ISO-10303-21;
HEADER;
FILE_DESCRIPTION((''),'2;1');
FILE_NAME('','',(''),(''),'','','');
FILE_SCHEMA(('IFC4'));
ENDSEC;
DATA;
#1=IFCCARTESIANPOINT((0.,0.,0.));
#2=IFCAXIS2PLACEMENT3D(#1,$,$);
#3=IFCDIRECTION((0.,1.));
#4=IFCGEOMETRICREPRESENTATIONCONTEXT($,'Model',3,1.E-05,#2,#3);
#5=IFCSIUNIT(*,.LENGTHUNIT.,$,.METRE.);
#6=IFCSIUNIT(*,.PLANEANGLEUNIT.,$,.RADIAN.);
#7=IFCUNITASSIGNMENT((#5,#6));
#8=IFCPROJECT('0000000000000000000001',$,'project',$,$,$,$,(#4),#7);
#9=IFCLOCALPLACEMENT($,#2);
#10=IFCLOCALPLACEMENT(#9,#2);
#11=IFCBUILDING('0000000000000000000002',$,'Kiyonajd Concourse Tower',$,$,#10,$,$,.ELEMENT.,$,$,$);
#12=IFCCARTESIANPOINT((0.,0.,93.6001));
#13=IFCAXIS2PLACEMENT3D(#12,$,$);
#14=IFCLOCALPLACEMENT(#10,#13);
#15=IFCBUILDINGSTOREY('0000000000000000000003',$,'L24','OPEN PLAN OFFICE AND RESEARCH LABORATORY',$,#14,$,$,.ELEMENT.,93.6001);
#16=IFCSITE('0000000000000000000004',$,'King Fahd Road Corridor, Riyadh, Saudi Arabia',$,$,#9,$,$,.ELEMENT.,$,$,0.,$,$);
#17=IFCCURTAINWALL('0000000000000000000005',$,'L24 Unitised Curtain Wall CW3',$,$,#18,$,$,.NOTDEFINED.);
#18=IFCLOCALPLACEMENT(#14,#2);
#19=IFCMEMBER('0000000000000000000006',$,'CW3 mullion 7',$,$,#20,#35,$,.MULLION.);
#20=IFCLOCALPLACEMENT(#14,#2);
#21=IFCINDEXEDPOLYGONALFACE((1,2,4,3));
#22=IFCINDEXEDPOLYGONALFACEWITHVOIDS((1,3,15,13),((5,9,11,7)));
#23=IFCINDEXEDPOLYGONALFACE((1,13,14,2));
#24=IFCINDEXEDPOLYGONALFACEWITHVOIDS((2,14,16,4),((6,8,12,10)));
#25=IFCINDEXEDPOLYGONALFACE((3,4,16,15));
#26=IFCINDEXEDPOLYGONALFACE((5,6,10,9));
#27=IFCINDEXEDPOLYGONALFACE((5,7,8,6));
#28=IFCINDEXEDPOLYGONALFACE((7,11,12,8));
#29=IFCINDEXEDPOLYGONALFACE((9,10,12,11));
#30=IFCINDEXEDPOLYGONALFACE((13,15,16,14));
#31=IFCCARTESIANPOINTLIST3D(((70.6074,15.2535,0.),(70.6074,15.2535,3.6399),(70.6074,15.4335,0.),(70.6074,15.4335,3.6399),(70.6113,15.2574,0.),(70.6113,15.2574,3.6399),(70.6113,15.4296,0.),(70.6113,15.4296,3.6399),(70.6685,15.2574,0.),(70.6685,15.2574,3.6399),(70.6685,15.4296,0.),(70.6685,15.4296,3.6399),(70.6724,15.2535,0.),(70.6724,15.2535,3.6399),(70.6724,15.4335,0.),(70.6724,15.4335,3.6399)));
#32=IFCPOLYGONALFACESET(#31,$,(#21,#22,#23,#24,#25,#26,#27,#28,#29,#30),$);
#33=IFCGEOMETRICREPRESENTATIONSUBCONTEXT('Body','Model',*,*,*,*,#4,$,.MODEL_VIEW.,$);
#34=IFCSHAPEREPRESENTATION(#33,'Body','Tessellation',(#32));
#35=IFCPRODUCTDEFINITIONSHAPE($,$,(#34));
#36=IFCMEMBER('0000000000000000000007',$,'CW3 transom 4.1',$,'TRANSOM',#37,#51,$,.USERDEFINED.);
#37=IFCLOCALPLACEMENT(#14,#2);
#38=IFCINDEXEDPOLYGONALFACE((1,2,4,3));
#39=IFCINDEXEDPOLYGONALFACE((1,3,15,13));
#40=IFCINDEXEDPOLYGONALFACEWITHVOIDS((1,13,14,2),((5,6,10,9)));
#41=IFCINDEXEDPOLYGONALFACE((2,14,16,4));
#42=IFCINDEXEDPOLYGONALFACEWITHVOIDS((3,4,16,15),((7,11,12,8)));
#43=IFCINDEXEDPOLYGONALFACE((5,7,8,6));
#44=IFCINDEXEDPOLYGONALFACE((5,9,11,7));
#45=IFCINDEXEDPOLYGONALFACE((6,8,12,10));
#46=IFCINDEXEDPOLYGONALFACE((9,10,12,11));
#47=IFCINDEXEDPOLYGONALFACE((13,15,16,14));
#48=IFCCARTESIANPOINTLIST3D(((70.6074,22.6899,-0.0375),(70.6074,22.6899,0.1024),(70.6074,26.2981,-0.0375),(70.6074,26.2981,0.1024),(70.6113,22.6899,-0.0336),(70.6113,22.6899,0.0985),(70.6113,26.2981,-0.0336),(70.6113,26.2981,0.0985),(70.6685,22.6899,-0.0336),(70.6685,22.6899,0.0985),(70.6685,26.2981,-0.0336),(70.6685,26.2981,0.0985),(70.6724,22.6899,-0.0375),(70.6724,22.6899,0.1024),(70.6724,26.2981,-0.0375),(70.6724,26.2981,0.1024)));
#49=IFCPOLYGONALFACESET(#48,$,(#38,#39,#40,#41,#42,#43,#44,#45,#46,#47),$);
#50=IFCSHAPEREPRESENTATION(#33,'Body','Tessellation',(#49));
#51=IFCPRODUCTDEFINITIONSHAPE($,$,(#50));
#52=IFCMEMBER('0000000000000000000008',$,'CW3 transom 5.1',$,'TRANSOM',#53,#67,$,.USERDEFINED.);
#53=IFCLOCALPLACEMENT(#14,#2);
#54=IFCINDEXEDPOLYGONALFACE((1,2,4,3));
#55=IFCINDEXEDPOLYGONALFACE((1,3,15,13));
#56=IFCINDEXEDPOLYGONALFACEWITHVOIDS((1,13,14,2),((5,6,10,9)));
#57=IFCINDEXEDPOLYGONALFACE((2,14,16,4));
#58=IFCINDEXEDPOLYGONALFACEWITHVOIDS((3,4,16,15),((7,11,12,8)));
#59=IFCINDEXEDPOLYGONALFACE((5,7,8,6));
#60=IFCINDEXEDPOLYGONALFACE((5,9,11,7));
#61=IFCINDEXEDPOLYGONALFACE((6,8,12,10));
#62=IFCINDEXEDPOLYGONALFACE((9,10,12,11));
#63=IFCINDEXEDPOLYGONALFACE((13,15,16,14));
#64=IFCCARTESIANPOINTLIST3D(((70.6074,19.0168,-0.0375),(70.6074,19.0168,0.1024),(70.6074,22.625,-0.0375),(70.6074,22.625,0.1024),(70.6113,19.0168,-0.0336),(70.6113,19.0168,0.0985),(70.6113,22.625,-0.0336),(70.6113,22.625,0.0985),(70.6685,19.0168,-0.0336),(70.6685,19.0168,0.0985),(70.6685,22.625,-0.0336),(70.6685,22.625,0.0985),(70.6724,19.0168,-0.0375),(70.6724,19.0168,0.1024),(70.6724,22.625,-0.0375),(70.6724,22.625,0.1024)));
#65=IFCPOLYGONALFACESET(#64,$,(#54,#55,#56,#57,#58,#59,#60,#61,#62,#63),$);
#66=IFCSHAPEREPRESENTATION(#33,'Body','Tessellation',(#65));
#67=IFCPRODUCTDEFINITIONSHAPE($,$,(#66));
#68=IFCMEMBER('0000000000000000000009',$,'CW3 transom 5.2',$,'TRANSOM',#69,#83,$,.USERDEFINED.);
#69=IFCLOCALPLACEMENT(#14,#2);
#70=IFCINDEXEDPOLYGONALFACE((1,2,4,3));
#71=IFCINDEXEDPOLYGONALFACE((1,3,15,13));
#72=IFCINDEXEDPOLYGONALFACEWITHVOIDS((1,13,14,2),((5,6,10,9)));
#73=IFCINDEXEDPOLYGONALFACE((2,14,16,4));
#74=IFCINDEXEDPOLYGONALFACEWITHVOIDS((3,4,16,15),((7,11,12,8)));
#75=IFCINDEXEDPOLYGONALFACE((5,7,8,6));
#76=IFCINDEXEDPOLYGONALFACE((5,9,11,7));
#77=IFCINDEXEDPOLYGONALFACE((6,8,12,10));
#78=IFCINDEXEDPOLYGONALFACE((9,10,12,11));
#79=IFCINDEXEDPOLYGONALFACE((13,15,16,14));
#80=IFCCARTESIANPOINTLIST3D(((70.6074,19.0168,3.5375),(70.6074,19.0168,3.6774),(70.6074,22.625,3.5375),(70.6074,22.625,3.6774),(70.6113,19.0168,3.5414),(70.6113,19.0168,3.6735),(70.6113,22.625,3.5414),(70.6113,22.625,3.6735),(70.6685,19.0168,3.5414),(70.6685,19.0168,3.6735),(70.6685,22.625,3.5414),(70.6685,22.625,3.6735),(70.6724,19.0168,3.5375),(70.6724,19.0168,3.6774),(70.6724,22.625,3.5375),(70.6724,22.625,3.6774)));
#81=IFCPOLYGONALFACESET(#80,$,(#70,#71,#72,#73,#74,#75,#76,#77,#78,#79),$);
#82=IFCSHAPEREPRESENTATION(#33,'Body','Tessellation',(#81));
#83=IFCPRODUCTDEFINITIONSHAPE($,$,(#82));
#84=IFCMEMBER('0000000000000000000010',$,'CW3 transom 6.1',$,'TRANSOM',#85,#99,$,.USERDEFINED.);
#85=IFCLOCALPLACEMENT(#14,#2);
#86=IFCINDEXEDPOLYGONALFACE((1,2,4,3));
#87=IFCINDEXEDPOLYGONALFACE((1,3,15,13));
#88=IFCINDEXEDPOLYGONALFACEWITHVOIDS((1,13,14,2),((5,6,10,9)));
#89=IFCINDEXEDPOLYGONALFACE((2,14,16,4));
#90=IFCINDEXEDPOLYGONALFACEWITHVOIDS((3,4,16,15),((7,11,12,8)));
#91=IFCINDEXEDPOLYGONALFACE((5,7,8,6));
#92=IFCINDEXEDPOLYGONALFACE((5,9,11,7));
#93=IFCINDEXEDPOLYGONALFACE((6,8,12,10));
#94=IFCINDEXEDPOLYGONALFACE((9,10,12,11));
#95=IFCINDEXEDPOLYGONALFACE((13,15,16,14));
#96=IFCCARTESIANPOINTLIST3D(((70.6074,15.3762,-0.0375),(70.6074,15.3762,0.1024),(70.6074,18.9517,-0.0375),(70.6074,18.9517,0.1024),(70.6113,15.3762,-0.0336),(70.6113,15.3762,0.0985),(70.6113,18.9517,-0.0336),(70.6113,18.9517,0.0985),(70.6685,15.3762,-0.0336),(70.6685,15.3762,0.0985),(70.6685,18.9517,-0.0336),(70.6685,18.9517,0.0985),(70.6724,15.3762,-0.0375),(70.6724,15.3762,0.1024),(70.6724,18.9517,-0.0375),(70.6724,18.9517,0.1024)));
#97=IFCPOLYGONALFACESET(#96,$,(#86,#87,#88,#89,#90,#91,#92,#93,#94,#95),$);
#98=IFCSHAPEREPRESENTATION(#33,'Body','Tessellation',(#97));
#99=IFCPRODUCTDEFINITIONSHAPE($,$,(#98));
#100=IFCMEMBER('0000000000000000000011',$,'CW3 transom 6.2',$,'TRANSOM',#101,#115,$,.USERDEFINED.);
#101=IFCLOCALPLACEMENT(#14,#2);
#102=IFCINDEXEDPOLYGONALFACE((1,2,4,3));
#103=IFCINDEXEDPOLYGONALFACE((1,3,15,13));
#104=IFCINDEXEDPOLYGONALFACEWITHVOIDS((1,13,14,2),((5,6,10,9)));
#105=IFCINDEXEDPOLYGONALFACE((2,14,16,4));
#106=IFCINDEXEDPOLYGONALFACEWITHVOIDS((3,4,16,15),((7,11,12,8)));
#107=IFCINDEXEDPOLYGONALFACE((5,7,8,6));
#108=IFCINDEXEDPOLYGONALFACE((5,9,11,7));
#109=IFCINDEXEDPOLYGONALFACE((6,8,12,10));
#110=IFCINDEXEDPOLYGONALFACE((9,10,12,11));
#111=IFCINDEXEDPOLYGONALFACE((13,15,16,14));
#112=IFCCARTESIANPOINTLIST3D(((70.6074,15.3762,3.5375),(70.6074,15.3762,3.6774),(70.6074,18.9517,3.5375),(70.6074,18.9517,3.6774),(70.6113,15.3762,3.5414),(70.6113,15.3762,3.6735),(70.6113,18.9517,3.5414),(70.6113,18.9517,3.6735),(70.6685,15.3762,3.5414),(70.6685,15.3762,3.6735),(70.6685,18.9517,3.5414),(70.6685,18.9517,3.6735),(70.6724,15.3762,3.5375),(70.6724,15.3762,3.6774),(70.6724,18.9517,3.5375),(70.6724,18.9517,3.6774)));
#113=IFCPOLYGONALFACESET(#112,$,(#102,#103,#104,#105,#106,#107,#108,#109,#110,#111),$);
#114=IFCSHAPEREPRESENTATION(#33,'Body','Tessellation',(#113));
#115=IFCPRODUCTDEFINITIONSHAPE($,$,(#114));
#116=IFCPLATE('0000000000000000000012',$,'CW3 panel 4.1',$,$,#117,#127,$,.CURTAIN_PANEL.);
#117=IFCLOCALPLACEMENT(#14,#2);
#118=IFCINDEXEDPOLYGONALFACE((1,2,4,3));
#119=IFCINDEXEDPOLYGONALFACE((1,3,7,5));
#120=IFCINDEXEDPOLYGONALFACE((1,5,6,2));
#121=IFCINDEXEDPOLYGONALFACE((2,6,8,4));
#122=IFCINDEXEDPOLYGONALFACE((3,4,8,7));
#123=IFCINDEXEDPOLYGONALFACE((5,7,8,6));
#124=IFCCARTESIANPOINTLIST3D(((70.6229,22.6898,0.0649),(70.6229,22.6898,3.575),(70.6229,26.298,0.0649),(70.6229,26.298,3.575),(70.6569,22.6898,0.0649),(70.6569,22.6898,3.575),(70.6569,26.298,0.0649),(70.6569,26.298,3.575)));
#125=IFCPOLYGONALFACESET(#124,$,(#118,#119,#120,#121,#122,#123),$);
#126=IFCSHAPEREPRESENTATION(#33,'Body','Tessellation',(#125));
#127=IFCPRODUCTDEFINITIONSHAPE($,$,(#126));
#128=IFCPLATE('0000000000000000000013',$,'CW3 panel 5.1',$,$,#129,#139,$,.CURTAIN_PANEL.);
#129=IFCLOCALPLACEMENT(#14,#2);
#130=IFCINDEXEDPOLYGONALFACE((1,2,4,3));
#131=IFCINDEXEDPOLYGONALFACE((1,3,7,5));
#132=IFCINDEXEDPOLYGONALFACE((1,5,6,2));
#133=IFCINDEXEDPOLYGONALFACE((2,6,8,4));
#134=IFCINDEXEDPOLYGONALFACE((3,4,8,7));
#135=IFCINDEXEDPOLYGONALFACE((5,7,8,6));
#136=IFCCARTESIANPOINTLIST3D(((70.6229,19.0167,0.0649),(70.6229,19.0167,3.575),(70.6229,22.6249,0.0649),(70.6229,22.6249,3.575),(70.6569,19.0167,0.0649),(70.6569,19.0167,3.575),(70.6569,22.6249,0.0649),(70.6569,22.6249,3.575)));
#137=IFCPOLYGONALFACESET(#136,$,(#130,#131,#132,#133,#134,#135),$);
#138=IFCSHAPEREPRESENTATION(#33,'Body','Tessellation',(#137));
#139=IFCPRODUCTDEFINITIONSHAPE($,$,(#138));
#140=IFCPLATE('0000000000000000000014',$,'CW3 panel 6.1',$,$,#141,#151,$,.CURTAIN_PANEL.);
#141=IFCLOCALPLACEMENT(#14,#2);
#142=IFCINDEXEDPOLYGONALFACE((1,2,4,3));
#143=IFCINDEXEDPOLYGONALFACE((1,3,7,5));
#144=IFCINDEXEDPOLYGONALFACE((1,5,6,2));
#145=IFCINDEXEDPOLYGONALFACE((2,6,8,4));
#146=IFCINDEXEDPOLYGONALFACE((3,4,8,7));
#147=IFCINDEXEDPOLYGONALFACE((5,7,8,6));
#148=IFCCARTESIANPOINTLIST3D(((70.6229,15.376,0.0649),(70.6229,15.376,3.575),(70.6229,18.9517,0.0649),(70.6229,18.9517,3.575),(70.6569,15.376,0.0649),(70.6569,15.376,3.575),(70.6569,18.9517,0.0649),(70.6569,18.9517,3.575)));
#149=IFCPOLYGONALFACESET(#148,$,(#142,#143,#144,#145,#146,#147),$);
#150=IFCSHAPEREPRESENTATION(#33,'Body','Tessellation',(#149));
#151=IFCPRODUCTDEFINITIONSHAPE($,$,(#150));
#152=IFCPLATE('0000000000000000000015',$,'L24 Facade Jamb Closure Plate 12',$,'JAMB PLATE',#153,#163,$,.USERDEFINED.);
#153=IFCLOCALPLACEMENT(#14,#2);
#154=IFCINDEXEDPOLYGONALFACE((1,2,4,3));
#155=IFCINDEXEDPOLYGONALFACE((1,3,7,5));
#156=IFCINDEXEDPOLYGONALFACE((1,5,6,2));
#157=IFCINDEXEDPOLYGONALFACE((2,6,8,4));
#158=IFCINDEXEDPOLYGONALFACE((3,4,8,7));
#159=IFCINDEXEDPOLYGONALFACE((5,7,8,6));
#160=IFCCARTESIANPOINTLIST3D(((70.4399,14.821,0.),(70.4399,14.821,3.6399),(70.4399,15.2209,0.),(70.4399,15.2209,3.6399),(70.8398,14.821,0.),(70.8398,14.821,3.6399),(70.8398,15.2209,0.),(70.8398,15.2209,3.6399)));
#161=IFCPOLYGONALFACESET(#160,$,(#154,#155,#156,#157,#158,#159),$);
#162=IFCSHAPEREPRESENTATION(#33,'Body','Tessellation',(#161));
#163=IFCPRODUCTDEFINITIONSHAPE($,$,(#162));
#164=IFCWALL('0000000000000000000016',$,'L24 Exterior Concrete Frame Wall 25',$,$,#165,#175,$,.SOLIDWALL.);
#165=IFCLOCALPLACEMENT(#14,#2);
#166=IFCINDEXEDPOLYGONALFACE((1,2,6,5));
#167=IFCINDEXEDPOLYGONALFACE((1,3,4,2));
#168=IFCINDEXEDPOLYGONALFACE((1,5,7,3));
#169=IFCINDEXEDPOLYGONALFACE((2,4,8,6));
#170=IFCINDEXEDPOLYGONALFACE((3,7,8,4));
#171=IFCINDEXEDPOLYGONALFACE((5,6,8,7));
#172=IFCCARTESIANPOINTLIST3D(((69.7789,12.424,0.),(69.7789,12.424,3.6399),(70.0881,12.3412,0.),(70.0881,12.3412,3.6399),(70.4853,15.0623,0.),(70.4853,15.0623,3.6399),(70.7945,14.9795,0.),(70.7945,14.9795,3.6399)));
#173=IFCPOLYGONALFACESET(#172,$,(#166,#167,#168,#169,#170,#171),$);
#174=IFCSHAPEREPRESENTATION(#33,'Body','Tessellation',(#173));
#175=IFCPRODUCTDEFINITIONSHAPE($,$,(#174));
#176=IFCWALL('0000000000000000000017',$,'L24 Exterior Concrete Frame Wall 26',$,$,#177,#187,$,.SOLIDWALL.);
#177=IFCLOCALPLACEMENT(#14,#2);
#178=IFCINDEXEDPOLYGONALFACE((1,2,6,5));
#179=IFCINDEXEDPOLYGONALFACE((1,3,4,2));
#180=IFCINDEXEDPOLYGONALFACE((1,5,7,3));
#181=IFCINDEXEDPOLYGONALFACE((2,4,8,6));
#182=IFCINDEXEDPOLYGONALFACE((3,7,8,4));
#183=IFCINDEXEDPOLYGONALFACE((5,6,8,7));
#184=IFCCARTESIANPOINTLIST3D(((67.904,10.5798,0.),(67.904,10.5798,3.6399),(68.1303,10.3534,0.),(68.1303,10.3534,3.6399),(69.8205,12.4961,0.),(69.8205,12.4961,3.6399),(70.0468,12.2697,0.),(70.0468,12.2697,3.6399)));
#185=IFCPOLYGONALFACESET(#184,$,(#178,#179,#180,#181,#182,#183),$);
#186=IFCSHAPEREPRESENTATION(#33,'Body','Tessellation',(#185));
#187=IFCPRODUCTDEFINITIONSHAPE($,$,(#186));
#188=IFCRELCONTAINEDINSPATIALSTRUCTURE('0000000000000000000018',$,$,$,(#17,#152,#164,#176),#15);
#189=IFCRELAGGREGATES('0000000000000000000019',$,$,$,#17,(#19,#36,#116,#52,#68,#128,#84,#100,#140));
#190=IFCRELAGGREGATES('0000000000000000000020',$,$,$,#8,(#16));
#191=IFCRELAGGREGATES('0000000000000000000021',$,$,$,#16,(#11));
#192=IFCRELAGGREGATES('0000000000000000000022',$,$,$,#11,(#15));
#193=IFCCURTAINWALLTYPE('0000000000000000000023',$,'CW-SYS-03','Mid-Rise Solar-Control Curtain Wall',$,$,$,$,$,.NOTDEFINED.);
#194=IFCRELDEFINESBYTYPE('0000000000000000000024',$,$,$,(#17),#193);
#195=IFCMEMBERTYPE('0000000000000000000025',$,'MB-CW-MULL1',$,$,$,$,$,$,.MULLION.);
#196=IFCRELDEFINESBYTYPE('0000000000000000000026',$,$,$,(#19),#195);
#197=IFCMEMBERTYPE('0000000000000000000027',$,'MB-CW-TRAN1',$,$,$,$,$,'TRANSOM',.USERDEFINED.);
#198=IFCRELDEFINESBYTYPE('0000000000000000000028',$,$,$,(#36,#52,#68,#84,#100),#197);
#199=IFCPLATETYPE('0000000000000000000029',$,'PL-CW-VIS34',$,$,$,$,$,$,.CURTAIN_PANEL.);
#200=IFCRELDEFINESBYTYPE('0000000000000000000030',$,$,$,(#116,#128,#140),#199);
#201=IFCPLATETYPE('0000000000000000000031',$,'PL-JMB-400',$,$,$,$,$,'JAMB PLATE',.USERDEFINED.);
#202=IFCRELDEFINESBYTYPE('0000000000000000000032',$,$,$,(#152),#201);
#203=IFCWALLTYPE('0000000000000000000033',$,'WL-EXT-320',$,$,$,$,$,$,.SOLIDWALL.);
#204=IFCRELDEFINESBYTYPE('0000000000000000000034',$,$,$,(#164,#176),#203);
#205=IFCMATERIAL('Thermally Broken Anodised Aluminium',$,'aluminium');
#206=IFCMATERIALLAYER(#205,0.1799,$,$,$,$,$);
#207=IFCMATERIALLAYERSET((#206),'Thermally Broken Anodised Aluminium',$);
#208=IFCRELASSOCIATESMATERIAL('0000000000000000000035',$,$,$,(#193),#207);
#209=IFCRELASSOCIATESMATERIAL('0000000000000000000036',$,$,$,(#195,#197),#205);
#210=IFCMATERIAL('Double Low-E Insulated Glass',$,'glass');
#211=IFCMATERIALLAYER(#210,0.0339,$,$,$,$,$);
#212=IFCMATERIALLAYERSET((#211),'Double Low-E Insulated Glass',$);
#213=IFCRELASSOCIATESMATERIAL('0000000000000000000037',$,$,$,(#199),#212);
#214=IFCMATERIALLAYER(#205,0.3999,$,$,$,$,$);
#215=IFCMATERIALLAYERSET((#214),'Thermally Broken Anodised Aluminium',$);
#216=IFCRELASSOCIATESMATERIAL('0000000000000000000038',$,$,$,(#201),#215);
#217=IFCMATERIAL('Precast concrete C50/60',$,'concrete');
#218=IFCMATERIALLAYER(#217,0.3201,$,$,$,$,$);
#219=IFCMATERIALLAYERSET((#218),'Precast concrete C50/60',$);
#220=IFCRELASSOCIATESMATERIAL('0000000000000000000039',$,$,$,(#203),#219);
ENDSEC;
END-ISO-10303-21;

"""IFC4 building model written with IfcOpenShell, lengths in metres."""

from ifc_helpers import new_model, si_unit, direction, frame, frame_2d, origin, origin_2d, place, context, subcontext, project, spatial, rectangle, hollow_rectangle, extrude, material, layer, layer_set, material_profile, profile_set, type_object, element, aggregate, save


model = new_model("IFC4")

# Units and contexts
model_context = context("Model", 3, precision=1e-05, world=origin(), true_north=direction((0.0, 1.0)))
body_context = subcontext(model_context, "Body", "Model", "MODEL_VIEW")
ifc_project = project(units=[si_unit("LENGTHUNIT", "METRE"), si_unit("PLANEANGLEUNIT", "RADIAN")], contexts=[model_context])

# Site, building, storey
site_placement = place(None, origin())
site = spatial("IfcSite", under=ifc_project, at=site_placement, Name="King Fahd Road Corridor, Riyadh, Saudi Arabia", CompositionType="ELEMENT", RefElevation=0.0)
building_placement = place(site_placement, origin())
building = spatial("IfcBuilding", under=site, at=building_placement, Name="Kiyonajd Concourse Tower", CompositionType="ELEMENT")
storey_placement = place(building_placement, frame((0.0, 0.0, 93.6001)))
storey = spatial("IfcBuildingStorey", under=building, at=storey_placement, Name="L24", Description="OPEN PLAN OFFICE AND RESEARCH LABORATORY", CompositionType="ELEMENT", Elevation=93.6001)

# Shared definitions
ifc_material_1 = material(Name="Precast concrete C50/60", Category="concrete")

# Curtain wall, members, plates
ifc_material_2 = material(Name="Thermally Broken Anodised Aluminium", Category="aluminium")
ifc_layer_1 = layer(ifc_material_2, 0.1799)
ifc_layer_set_1 = layer_set([ifc_layer_1], Name="Thermally Broken Anodised Aluminium")
curtain_wall_type = type_object("IfcCurtainWallType", Name="CW-SYS-03", Description="Mid-Rise Solar-Control Curtain Wall", PredefinedType="NOTDEFINED", material=ifc_layer_set_1)
curtain_wall_placement = place(storey_placement, origin())
curtain_wall = element("IfcCurtainWall", 1, at=curtain_wall_placement, inside=storey, type_object=curtain_wall_type, Name="L24 Unitised Curtain Wall CW3", PredefinedType="NOTDEFINED")
ifc_material_profile_1 = material_profile(ifc_material_2, hollow_rectangle(XDim=0.0649, YDim=0.1799, WallThickness=0.0039, at=origin_2d()), Name="MULL-65x180")
ifc_profile_set_1 = profile_set([ifc_material_profile_1], Name="Thermally Broken Anodised Aluminium")
member_type_1 = type_object("IfcMemberType", Name="MB-CW-MULL1", PredefinedType="MULLION", material=ifc_profile_set_1)
member_1_placement = place(storey_placement, frame((70.6399, 15.3435, 0.0), z_axis=(0.0, 0.0, 1.0), x_axis=(1.0, 0.0, 0.0)))
member_1 = element("IfcMember", 2, at=member_1_placement, type_object=member_type_1, Name="CW3 mullion 7", PredefinedType="MULLION", context=body_context, shape_type="SweptSolid", body=[
    extrude(hollow_rectangle(XDim=0.0649, YDim=0.1799, WallThickness=0.0039, at=origin_2d()), origin(), (0.0, 0.0, 1.0), 3.6399),
])
ifc_material_profile_2 = material_profile(ifc_material_2, hollow_rectangle(XDim=0.0649, YDim=0.1399, WallThickness=0.0039, at=origin_2d()), Name="TRAN-65x140")
ifc_profile_set_2 = profile_set([ifc_material_profile_2], Name="Thermally Broken Anodised Aluminium")
member_type_2 = type_object("IfcMemberType", Name="MB-CW-TRAN1", ElementType="TRANSOM", PredefinedType="USERDEFINED", material=ifc_profile_set_2)
member_2_placement = place(storey_placement, frame((70.6399, 26.2981, 0.0325), z_axis=(0.0, -1.0, 0.0), x_axis=(1.0, 0.0, 0.0)))
member_2 = element("IfcMember", 3, at=member_2_placement, type_object=member_type_2, Name="CW3 transom 4.1", ObjectType="TRANSOM", PredefinedType="USERDEFINED", context=body_context, shape_type="SweptSolid", body=[
    extrude(hollow_rectangle(XDim=0.0649, YDim=0.1399, WallThickness=0.0039, at=origin_2d()), origin(), (0.0, 0.0, 1.0), 3.6082),
])
member_3_placement = place(storey_placement, frame((70.6399, 22.625, 0.0325), z_axis=(0.0, -1.0, 0.0), x_axis=(1.0, 0.0, 0.0)))
member_3 = element("IfcMember", 4, at=member_3_placement, type_object=member_type_2, Name="CW3 transom 5.1", ObjectType="TRANSOM", PredefinedType="USERDEFINED", context=body_context, shape_type="SweptSolid", body=[
    extrude(hollow_rectangle(XDim=0.0649, YDim=0.1399, WallThickness=0.0039, at=origin_2d()), origin(), (0.0, 0.0, 1.0), 3.6082),
])
member_4_placement = place(storey_placement, frame((70.6399, 22.625, 3.6074), z_axis=(0.0, -1.0, 0.0), x_axis=(1.0, 0.0, 0.0)))
member_4 = element("IfcMember", 5, at=member_4_placement, type_object=member_type_2, Name="CW3 transom 5.2", ObjectType="TRANSOM", PredefinedType="USERDEFINED", context=body_context, shape_type="SweptSolid", body=[
    extrude(hollow_rectangle(XDim=0.0649, YDim=0.1399, WallThickness=0.0039, at=origin_2d()), origin(), (0.0, 0.0, 1.0), 3.6082),
])
member_5_placement = place(storey_placement, frame((70.6399, 18.9517, 0.0325), z_axis=(0.0, -1.0, 0.0), x_axis=(1.0, 0.0, 0.0)))
member_5 = element("IfcMember", 6, at=member_5_placement, type_object=member_type_2, Name="CW3 transom 6.1", ObjectType="TRANSOM", PredefinedType="USERDEFINED", context=body_context, shape_type="SweptSolid", body=[
    extrude(hollow_rectangle(XDim=0.0649, YDim=0.1399, WallThickness=0.0039, at=origin_2d()), origin(), (0.0, 0.0, 1.0), 3.5754),
])
member_6_placement = place(storey_placement, frame((70.6399, 18.9517, 3.6074), z_axis=(0.0, -1.0, 0.0), x_axis=(1.0, 0.0, 0.0)))
member_6 = element("IfcMember", 7, at=member_6_placement, type_object=member_type_2, Name="CW3 transom 6.2", ObjectType="TRANSOM", PredefinedType="USERDEFINED", context=body_context, shape_type="SweptSolid", body=[
    extrude(hollow_rectangle(XDim=0.0649, YDim=0.1399, WallThickness=0.0039, at=origin_2d()), origin(), (0.0, 0.0, 1.0), 3.5754),
])
ifc_material_3 = material(Name="Double Low-E Insulated Glass", Category="glass")
ifc_layer_2 = layer(ifc_material_3, 0.0339)
ifc_layer_set_2 = layer_set([ifc_layer_2], Name="Double Low-E Insulated Glass")
plate_type_1 = type_object("IfcPlateType", Name="PL-CW-VIS34", PredefinedType="CURTAIN_PANEL", material=ifc_layer_set_2)
plate_1_placement = place(storey_placement, frame((70.6399, 24.4939, 0.0649), z_axis=(0.0, 0.0, 1.0), x_axis=(0.0, -1.0, 0.0)))
plate_1 = element("IfcPlate", 8, at=plate_1_placement, type_object=plate_type_1, Name="CW3 panel 4.1", PredefinedType="CURTAIN_PANEL", context=body_context, shape_type="SweptSolid", body=[
    extrude(rectangle(XDim=3.6082, YDim=0.0339, at=origin_2d()), origin(), (0.0, 0.0, 1.0), 3.51),
])
plate_2_placement = place(storey_placement, frame((70.6399, 20.8208, 0.0649), z_axis=(0.0, 0.0, 1.0), x_axis=(0.0, -1.0, 0.0)))
plate_2 = element("IfcPlate", 9, at=plate_2_placement, type_object=plate_type_1, Name="CW3 panel 5.1", PredefinedType="CURTAIN_PANEL", context=body_context, shape_type="SweptSolid", body=[
    extrude(rectangle(XDim=3.6082, YDim=0.0339, at=origin_2d()), origin(), (0.0, 0.0, 1.0), 3.51),
])
plate_3_placement = place(storey_placement, frame((70.6399, 17.1638, 0.0649), z_axis=(0.0, 0.0, 1.0), x_axis=(0.0, -1.0, 0.0)))
plate_3 = element("IfcPlate", 10, at=plate_3_placement, type_object=plate_type_1, Name="CW3 panel 6.1", PredefinedType="CURTAIN_PANEL", context=body_context, shape_type="SweptSolid", body=[
    extrude(rectangle(XDim=3.5757, YDim=0.0339, at=origin_2d()), origin(), (0.0, 0.0, 1.0), 3.51),
])
aggregate(curtain_wall, [member_1, member_2, plate_1, member_3, member_4, plate_2, member_5, member_6, plate_3])

# Plate
ifc_layer_3 = layer(ifc_material_2, 0.3999)
ifc_layer_set_3 = layer_set([ifc_layer_3], Name="Thermally Broken Anodised Aluminium")
plate_type_2 = type_object("IfcPlateType", Name="PL-JMB-400", ElementType="JAMB PLATE", PredefinedType="USERDEFINED", material=ifc_layer_set_3)
plate_4_placement = place(storey_placement, frame((70.6399, 15.021, 0.0), z_axis=(0.0, 0.0, 1.0), x_axis=(1.0, 0.0, 0.0)))
element("IfcPlate", 11, at=plate_4_placement, inside=storey, type_object=plate_type_2, Name="L24 Facade Jamb Closure Plate 12", ObjectType="JAMB PLATE", PredefinedType="USERDEFINED", context=body_context, shape_type="SweptSolid", body=[
    extrude(rectangle(XDim=0.3999, YDim=0.3999, at=origin_2d()), origin(), (0.0, 0.0, 1.0), 3.6399),
])

# Walls
ifc_layer_4 = layer(ifc_material_1, 0.3201)
ifc_layer_set_4 = layer_set([ifc_layer_4], Name="Precast concrete C50/60")
wall_type_1 = type_object("IfcWallType", Name="WL-EXT-320", PredefinedType="SOLIDWALL", material=ifc_layer_set_4)
wall_1_placement = place(storey_placement, frame((70.6399, 15.021, 0.0), z_axis=(0.0, 0.0, 1.0), x_axis=(-0.258614, -0.965981, 0.0)))
element("IfcWall", 12, at=wall_1_placement, inside=storey, type_object=wall_type_1, Name="L24 Exterior Concrete Frame Wall 25", PredefinedType="SOLIDWALL", context=body_context, shape_type="SweptSolid", body=[
    extrude(rectangle(XDim=2.7312, YDim=0.3201, at=frame_2d((1.3657, 0.0))), origin(), (0.0, 0.0, 1.0), 3.6399),
])
wall_2_placement = place(storey_placement, frame((69.9336, 12.3828, 0.0), z_axis=(0.0, 0.0, 1.0), x_axis=(-0.707152, -0.707062, 0.0)))
element("IfcWall", 13, at=wall_2_placement, inside=storey, type_object=wall_type_1, Name="L24 Exterior Concrete Frame Wall 26", PredefinedType="SOLIDWALL", context=body_context, shape_type="SweptSolid", body=[
    extrude(rectangle(XDim=2.7102, YDim=0.3201, at=frame_2d((1.355, 0.0))), origin(), (0.0, 0.0, 1.0), 3.6399),
])

save(model, "model.ifc")
